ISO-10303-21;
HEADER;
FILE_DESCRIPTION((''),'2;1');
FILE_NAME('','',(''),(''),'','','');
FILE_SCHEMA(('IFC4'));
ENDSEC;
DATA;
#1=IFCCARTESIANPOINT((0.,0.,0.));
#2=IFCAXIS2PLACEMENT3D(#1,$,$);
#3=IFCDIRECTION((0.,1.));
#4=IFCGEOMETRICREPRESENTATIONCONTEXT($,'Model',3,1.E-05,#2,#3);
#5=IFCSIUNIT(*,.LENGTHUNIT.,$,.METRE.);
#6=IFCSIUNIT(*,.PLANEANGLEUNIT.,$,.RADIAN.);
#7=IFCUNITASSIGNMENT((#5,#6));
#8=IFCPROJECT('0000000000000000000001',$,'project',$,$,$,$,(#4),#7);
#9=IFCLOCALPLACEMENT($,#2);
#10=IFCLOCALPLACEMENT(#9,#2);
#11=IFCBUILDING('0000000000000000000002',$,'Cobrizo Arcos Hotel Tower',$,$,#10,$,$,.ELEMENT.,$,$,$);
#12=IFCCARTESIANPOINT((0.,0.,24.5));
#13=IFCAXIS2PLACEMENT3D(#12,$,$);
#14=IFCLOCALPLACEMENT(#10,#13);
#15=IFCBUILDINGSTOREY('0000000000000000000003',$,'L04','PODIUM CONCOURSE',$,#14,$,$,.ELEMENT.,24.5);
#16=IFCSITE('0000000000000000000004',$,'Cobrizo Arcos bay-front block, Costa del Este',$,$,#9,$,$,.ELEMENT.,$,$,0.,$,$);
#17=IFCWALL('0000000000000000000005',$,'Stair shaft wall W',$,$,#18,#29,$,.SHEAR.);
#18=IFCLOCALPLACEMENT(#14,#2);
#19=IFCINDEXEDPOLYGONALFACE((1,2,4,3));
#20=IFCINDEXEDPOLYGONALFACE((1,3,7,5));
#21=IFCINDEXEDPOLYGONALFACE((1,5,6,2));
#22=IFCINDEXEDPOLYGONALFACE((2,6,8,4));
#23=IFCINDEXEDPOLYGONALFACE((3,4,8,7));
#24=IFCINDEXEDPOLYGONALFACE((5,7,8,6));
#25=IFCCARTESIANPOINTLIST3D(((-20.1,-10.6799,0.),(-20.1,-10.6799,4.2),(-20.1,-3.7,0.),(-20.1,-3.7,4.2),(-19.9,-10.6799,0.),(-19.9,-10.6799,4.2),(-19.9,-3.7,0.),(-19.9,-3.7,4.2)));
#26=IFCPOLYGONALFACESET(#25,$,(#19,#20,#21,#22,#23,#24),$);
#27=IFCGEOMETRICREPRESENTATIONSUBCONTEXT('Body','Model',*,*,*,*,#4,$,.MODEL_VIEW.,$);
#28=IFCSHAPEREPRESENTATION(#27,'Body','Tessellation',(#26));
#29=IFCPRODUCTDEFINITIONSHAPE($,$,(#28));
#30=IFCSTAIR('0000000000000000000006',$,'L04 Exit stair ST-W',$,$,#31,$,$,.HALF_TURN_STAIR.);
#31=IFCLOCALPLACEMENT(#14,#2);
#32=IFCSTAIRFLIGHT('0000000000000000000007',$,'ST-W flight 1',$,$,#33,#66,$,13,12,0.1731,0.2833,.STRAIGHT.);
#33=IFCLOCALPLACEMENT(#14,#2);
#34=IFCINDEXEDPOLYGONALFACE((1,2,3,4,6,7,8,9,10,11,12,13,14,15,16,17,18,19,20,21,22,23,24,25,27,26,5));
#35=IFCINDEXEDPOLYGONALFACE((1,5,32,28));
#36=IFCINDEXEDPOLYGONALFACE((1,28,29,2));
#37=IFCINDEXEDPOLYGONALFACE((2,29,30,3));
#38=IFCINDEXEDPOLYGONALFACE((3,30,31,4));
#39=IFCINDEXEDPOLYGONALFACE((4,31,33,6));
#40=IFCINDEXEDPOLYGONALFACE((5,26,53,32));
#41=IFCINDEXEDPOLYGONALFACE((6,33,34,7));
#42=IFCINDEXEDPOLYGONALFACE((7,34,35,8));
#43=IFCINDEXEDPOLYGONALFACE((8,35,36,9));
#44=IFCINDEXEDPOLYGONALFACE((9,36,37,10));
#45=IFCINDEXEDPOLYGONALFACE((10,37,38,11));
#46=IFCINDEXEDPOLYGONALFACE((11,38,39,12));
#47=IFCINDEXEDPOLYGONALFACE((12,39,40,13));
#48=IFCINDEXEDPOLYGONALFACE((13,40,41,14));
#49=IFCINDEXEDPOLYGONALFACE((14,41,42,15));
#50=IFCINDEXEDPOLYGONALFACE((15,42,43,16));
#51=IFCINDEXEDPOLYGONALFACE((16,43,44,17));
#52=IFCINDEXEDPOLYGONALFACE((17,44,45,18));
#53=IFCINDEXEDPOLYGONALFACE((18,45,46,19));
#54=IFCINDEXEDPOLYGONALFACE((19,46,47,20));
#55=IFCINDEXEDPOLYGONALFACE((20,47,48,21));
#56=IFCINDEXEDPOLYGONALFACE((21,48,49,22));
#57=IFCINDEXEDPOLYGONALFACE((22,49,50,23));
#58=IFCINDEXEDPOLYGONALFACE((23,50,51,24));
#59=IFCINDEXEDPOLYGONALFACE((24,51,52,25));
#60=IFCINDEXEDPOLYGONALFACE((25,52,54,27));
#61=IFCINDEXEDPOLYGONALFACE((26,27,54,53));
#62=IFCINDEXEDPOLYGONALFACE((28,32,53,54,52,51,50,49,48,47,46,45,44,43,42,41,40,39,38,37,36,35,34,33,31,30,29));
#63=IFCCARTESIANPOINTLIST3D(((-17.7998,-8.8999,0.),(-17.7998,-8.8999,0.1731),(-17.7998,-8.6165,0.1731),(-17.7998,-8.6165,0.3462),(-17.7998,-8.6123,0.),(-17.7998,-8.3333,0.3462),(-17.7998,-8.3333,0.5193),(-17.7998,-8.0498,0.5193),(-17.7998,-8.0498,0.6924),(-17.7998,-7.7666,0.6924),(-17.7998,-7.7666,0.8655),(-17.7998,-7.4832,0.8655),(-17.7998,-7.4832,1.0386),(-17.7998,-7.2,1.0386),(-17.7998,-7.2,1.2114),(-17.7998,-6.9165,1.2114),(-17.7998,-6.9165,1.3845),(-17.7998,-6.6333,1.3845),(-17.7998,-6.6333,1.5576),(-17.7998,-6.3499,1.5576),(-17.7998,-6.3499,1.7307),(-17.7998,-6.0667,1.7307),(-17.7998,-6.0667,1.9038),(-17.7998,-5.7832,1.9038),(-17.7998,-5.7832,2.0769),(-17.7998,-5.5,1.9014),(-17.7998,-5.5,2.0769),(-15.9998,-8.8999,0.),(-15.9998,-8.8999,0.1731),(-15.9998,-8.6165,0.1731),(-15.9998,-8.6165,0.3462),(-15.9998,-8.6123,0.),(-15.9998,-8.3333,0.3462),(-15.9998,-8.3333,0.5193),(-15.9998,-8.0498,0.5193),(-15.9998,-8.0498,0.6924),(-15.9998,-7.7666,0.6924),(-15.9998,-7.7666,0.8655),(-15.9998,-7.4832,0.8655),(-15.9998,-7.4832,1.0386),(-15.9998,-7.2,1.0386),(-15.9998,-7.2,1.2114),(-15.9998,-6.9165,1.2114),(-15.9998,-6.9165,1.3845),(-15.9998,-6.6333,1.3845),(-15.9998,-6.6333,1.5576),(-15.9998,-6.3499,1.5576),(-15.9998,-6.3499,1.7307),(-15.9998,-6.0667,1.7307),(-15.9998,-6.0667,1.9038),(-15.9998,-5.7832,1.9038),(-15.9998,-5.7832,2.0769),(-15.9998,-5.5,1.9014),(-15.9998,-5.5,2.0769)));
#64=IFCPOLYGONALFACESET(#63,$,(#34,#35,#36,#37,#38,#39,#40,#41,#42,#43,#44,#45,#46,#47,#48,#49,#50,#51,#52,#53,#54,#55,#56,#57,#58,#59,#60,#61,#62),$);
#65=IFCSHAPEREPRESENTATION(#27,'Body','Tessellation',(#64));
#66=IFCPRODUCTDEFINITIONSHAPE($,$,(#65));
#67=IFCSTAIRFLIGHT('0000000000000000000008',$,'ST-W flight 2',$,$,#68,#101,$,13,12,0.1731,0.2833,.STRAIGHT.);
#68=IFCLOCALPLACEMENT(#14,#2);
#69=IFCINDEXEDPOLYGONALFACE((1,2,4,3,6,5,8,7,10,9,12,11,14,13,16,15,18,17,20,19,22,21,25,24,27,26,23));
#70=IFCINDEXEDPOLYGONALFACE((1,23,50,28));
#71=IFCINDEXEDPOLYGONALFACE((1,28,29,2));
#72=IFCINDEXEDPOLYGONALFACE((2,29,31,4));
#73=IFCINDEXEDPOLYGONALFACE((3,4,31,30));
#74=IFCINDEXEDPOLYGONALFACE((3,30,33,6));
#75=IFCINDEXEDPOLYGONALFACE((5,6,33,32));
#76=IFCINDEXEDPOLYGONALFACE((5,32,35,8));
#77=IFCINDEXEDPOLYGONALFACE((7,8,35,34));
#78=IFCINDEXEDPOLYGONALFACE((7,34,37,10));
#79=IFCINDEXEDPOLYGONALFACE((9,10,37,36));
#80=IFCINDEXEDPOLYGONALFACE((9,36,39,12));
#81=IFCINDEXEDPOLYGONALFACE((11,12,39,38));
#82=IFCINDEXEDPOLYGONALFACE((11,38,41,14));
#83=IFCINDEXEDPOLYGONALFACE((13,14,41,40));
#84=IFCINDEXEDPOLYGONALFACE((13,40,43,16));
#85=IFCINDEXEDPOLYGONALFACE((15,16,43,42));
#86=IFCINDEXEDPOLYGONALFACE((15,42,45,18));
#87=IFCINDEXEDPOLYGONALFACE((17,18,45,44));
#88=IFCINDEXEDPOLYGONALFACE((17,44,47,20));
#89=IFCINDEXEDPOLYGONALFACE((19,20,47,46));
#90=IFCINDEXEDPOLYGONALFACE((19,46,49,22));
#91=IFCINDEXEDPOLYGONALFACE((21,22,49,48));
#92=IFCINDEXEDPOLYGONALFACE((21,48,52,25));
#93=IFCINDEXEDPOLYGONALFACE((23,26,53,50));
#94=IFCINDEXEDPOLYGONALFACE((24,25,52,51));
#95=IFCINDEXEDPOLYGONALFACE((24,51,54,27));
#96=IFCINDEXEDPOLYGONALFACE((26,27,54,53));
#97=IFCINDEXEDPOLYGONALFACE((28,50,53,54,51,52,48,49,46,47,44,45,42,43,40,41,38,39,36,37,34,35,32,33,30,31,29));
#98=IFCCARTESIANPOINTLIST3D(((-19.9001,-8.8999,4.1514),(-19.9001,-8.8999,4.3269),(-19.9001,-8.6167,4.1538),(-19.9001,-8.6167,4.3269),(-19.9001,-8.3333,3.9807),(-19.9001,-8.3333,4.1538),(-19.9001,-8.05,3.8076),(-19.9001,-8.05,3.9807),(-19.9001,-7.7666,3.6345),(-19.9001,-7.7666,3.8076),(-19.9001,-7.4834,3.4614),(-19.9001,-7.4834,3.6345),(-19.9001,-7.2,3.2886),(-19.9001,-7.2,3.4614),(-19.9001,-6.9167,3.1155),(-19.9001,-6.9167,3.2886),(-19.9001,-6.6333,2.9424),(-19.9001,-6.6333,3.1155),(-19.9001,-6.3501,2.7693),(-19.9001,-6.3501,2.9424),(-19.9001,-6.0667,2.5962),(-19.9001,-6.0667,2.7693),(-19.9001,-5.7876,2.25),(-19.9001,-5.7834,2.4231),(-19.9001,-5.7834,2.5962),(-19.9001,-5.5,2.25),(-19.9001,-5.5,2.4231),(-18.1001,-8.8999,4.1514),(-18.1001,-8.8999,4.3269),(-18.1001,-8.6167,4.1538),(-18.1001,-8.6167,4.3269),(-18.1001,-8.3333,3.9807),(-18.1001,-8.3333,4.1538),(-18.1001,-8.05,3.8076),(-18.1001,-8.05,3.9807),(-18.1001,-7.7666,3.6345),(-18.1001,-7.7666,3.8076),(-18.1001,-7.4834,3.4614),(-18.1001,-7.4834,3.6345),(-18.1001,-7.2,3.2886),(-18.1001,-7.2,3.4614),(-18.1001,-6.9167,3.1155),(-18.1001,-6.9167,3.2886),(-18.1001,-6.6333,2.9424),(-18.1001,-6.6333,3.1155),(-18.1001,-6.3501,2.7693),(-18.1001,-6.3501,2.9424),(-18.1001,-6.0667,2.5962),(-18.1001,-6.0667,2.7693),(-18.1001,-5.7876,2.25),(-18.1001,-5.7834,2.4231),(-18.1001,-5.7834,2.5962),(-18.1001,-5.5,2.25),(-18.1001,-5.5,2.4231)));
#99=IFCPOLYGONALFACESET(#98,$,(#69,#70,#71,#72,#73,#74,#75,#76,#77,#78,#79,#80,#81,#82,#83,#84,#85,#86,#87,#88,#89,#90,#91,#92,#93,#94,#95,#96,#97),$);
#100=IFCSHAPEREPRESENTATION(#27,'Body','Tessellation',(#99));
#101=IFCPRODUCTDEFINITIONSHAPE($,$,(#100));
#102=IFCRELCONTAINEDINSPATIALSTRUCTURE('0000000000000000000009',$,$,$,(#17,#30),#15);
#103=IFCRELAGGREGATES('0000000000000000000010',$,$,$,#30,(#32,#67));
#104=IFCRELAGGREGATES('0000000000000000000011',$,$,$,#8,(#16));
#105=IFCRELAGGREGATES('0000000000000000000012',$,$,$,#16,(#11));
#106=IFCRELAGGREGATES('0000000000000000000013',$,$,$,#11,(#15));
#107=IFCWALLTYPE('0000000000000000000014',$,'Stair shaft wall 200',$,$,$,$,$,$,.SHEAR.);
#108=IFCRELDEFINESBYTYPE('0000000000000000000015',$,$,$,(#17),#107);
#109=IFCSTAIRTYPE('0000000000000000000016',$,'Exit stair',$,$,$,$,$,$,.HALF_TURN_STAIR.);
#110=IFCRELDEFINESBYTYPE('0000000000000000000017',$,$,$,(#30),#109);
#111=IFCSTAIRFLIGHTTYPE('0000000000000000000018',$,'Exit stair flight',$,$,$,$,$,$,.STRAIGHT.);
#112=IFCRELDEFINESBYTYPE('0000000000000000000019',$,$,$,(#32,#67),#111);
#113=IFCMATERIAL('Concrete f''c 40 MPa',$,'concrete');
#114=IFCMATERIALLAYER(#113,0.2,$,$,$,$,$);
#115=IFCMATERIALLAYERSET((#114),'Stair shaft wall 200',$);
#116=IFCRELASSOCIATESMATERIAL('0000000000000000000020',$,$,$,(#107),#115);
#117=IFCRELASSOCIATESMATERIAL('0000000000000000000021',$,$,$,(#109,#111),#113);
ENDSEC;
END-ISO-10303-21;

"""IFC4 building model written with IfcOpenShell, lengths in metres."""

from ifc_helpers import new_model, si_unit, direction, frame, frame_2d, origin, place, context, subcontext, project, spatial, polyline, rectangle, outline, extrude, material, layer, layer_set, type_object, element, aggregate, save


model = new_model("IFC4")

# Units and contexts
model_context = context("Model", 3, precision=1e-05, world=origin(), true_north=direction((0.0, 1.0)))
body_context = subcontext(model_context, "Body", "Model", "MODEL_VIEW")
ifc_project = project(units=[si_unit("LENGTHUNIT", "METRE"), si_unit("PLANEANGLEUNIT", "RADIAN")], contexts=[model_context])

# Site, building, storey
site_placement = place(None, origin())
site = spatial("IfcSite", under=ifc_project, at=site_placement, Name="Cobrizo Arcos bay-front block, Costa del Este", CompositionType="ELEMENT", RefElevation=0.0)
building_placement = place(site_placement, origin())
building = spatial("IfcBuilding", under=site, at=building_placement, Name="Cobrizo Arcos Hotel Tower", CompositionType="ELEMENT")
storey_placement = place(building_placement, frame((0.0, 0.0, 24.5)))
storey = spatial("IfcBuildingStorey", under=building, at=storey_placement, Name="L04", Description="PODIUM CONCOURSE", CompositionType="ELEMENT", Elevation=24.5)

# Wall
ifc_material_1 = material(Name="Concrete f'c 40 MPa", Category="concrete")
ifc_layer_1 = layer(ifc_material_1, 0.2)
ifc_layer_set_1 = layer_set([ifc_layer_1], Name="Stair shaft wall 200")
wall_type_1 = type_object("IfcWallType", Name="Stair shaft wall 200", PredefinedType="SHEAR", material=ifc_layer_set_1)
wall_1_placement = place(storey_placement, frame((-20.0, -10.6799, 0.0), z_axis=(0.0, 0.0, 1.0), x_axis=(0.0, 1.0, 0.0)))
element("IfcWall", 1, at=wall_1_placement, inside=storey, type_object=wall_type_1, Name="Stair shaft wall W", PredefinedType="SHEAR", context=body_context, shape_type="SweptSolid", body=[
    extrude(rectangle(XDim=6.98, YDim=0.2, at=frame_2d((3.49, 0.0))), origin(), (0.0, 0.0, 1.0), 4.2),
])

# Stair, stair flights
stair_type = type_object("IfcStairType", Name="Exit stair", PredefinedType="HALF_TURN_STAIR", material=ifc_material_1)
stair_placement = place(storey_placement, origin())
stair = element("IfcStair", 2, at=stair_placement, inside=storey, type_object=stair_type, Name="L04 Exit stair ST-W", PredefinedType="HALF_TURN_STAIR")
stair_flight_type = type_object("IfcStairFlightType", Name="Exit stair flight", PredefinedType="STRAIGHT", material=ifc_material_1)
stair_flight_1_placement = place(storey_placement, frame((-16.8999, -8.8999, 0.0), z_axis=(0.0, 0.0, 1.0), x_axis=(0.0, 1.0, 0.0)))
stair_flight_1 = element("IfcStairFlight", 3, at=stair_flight_1_placement, type_object=stair_flight_type, Name="ST-W flight 1", NumberOfRisers=13, NumberOfTreads=12, PredefinedType="STRAIGHT", RiserHeight=0.1731, TreadLength=0.2833, context=body_context, shape_type="SweptSolid", body=[
    extrude(outline(polyline([(0.0, 0.0), (0.0, 0.1731), (0.2834, 0.1731), (0.2834, 0.3462), (0.5667, 0.3462), (0.5667, 0.5193), (0.8501, 0.5193), (0.8501, 0.6924), (1.1333, 0.6924), (1.1333, 0.8655), (1.4167, 0.8655), (1.4167, 1.0386), (1.7, 1.0386), (1.7, 1.2114), (1.9834, 1.2114), (1.9834, 1.3845), (2.2666, 1.3845), (2.2666, 1.5576), (2.55, 1.5576), (2.55, 1.7307), (2.8333, 1.7307), (2.8333, 1.9038), (3.1167, 1.9038), (3.1167, 2.0769), (3.3999, 2.0769), (3.3999, 2.25), (3.3999, 1.9014), (0.2876, 0.0), (0.0, 0.0)])), frame((0.0, 0.8999, 0.0), z_axis=(0.0, -1.0, 0.0), x_axis=(1.0, 0.0, 0.0)), (0.0, 0.0, 1.0), 1.8),
])
stair_flight_2_placement = place(storey_placement, frame((-19.0, -5.5, 2.25), z_axis=(0.0, 0.0, 1.0), x_axis=(0.0, -1.0, 0.0)))
stair_flight_2 = element("IfcStairFlight", 4, at=stair_flight_2_placement, type_object=stair_flight_type, Name="ST-W flight 2", NumberOfRisers=13, NumberOfTreads=12, PredefinedType="STRAIGHT", RiserHeight=0.1731, TreadLength=0.2833, context=body_context, shape_type="SweptSolid", body=[
    extrude(outline(polyline([(0.0, 0.0), (0.0, 0.1731), (0.2834, 0.1731), (0.2834, 0.3462), (0.5667, 0.3462), (0.5667, 0.5193), (0.8501, 0.5193), (0.8501, 0.6924), (1.1333, 0.6924), (1.1333, 0.8655), (1.4167, 0.8655), (1.4167, 1.0386), (1.7, 1.0386), (1.7, 1.2114), (1.9834, 1.2114), (1.9834, 1.3845), (2.2666, 1.3845), (2.2666, 1.5576), (2.55, 1.5576), (2.55, 1.7307), (2.8333, 1.7307), (2.8333, 1.9038), (3.1167, 1.9038), (3.1167, 2.0769), (3.3999, 2.0769), (3.3999, 2.25), (3.3999, 1.9014), (0.2876, 0.0), (0.0, 0.0)])), frame((0.0, 0.8999, 0.0), z_axis=(0.0, -1.0, 0.0), x_axis=(1.0, 0.0, 0.0)), (0.0, 0.0, 1.0), 1.8),
])
aggregate(stair, [stair_flight_1, stair_flight_2])

save(model, "model.ifc")
